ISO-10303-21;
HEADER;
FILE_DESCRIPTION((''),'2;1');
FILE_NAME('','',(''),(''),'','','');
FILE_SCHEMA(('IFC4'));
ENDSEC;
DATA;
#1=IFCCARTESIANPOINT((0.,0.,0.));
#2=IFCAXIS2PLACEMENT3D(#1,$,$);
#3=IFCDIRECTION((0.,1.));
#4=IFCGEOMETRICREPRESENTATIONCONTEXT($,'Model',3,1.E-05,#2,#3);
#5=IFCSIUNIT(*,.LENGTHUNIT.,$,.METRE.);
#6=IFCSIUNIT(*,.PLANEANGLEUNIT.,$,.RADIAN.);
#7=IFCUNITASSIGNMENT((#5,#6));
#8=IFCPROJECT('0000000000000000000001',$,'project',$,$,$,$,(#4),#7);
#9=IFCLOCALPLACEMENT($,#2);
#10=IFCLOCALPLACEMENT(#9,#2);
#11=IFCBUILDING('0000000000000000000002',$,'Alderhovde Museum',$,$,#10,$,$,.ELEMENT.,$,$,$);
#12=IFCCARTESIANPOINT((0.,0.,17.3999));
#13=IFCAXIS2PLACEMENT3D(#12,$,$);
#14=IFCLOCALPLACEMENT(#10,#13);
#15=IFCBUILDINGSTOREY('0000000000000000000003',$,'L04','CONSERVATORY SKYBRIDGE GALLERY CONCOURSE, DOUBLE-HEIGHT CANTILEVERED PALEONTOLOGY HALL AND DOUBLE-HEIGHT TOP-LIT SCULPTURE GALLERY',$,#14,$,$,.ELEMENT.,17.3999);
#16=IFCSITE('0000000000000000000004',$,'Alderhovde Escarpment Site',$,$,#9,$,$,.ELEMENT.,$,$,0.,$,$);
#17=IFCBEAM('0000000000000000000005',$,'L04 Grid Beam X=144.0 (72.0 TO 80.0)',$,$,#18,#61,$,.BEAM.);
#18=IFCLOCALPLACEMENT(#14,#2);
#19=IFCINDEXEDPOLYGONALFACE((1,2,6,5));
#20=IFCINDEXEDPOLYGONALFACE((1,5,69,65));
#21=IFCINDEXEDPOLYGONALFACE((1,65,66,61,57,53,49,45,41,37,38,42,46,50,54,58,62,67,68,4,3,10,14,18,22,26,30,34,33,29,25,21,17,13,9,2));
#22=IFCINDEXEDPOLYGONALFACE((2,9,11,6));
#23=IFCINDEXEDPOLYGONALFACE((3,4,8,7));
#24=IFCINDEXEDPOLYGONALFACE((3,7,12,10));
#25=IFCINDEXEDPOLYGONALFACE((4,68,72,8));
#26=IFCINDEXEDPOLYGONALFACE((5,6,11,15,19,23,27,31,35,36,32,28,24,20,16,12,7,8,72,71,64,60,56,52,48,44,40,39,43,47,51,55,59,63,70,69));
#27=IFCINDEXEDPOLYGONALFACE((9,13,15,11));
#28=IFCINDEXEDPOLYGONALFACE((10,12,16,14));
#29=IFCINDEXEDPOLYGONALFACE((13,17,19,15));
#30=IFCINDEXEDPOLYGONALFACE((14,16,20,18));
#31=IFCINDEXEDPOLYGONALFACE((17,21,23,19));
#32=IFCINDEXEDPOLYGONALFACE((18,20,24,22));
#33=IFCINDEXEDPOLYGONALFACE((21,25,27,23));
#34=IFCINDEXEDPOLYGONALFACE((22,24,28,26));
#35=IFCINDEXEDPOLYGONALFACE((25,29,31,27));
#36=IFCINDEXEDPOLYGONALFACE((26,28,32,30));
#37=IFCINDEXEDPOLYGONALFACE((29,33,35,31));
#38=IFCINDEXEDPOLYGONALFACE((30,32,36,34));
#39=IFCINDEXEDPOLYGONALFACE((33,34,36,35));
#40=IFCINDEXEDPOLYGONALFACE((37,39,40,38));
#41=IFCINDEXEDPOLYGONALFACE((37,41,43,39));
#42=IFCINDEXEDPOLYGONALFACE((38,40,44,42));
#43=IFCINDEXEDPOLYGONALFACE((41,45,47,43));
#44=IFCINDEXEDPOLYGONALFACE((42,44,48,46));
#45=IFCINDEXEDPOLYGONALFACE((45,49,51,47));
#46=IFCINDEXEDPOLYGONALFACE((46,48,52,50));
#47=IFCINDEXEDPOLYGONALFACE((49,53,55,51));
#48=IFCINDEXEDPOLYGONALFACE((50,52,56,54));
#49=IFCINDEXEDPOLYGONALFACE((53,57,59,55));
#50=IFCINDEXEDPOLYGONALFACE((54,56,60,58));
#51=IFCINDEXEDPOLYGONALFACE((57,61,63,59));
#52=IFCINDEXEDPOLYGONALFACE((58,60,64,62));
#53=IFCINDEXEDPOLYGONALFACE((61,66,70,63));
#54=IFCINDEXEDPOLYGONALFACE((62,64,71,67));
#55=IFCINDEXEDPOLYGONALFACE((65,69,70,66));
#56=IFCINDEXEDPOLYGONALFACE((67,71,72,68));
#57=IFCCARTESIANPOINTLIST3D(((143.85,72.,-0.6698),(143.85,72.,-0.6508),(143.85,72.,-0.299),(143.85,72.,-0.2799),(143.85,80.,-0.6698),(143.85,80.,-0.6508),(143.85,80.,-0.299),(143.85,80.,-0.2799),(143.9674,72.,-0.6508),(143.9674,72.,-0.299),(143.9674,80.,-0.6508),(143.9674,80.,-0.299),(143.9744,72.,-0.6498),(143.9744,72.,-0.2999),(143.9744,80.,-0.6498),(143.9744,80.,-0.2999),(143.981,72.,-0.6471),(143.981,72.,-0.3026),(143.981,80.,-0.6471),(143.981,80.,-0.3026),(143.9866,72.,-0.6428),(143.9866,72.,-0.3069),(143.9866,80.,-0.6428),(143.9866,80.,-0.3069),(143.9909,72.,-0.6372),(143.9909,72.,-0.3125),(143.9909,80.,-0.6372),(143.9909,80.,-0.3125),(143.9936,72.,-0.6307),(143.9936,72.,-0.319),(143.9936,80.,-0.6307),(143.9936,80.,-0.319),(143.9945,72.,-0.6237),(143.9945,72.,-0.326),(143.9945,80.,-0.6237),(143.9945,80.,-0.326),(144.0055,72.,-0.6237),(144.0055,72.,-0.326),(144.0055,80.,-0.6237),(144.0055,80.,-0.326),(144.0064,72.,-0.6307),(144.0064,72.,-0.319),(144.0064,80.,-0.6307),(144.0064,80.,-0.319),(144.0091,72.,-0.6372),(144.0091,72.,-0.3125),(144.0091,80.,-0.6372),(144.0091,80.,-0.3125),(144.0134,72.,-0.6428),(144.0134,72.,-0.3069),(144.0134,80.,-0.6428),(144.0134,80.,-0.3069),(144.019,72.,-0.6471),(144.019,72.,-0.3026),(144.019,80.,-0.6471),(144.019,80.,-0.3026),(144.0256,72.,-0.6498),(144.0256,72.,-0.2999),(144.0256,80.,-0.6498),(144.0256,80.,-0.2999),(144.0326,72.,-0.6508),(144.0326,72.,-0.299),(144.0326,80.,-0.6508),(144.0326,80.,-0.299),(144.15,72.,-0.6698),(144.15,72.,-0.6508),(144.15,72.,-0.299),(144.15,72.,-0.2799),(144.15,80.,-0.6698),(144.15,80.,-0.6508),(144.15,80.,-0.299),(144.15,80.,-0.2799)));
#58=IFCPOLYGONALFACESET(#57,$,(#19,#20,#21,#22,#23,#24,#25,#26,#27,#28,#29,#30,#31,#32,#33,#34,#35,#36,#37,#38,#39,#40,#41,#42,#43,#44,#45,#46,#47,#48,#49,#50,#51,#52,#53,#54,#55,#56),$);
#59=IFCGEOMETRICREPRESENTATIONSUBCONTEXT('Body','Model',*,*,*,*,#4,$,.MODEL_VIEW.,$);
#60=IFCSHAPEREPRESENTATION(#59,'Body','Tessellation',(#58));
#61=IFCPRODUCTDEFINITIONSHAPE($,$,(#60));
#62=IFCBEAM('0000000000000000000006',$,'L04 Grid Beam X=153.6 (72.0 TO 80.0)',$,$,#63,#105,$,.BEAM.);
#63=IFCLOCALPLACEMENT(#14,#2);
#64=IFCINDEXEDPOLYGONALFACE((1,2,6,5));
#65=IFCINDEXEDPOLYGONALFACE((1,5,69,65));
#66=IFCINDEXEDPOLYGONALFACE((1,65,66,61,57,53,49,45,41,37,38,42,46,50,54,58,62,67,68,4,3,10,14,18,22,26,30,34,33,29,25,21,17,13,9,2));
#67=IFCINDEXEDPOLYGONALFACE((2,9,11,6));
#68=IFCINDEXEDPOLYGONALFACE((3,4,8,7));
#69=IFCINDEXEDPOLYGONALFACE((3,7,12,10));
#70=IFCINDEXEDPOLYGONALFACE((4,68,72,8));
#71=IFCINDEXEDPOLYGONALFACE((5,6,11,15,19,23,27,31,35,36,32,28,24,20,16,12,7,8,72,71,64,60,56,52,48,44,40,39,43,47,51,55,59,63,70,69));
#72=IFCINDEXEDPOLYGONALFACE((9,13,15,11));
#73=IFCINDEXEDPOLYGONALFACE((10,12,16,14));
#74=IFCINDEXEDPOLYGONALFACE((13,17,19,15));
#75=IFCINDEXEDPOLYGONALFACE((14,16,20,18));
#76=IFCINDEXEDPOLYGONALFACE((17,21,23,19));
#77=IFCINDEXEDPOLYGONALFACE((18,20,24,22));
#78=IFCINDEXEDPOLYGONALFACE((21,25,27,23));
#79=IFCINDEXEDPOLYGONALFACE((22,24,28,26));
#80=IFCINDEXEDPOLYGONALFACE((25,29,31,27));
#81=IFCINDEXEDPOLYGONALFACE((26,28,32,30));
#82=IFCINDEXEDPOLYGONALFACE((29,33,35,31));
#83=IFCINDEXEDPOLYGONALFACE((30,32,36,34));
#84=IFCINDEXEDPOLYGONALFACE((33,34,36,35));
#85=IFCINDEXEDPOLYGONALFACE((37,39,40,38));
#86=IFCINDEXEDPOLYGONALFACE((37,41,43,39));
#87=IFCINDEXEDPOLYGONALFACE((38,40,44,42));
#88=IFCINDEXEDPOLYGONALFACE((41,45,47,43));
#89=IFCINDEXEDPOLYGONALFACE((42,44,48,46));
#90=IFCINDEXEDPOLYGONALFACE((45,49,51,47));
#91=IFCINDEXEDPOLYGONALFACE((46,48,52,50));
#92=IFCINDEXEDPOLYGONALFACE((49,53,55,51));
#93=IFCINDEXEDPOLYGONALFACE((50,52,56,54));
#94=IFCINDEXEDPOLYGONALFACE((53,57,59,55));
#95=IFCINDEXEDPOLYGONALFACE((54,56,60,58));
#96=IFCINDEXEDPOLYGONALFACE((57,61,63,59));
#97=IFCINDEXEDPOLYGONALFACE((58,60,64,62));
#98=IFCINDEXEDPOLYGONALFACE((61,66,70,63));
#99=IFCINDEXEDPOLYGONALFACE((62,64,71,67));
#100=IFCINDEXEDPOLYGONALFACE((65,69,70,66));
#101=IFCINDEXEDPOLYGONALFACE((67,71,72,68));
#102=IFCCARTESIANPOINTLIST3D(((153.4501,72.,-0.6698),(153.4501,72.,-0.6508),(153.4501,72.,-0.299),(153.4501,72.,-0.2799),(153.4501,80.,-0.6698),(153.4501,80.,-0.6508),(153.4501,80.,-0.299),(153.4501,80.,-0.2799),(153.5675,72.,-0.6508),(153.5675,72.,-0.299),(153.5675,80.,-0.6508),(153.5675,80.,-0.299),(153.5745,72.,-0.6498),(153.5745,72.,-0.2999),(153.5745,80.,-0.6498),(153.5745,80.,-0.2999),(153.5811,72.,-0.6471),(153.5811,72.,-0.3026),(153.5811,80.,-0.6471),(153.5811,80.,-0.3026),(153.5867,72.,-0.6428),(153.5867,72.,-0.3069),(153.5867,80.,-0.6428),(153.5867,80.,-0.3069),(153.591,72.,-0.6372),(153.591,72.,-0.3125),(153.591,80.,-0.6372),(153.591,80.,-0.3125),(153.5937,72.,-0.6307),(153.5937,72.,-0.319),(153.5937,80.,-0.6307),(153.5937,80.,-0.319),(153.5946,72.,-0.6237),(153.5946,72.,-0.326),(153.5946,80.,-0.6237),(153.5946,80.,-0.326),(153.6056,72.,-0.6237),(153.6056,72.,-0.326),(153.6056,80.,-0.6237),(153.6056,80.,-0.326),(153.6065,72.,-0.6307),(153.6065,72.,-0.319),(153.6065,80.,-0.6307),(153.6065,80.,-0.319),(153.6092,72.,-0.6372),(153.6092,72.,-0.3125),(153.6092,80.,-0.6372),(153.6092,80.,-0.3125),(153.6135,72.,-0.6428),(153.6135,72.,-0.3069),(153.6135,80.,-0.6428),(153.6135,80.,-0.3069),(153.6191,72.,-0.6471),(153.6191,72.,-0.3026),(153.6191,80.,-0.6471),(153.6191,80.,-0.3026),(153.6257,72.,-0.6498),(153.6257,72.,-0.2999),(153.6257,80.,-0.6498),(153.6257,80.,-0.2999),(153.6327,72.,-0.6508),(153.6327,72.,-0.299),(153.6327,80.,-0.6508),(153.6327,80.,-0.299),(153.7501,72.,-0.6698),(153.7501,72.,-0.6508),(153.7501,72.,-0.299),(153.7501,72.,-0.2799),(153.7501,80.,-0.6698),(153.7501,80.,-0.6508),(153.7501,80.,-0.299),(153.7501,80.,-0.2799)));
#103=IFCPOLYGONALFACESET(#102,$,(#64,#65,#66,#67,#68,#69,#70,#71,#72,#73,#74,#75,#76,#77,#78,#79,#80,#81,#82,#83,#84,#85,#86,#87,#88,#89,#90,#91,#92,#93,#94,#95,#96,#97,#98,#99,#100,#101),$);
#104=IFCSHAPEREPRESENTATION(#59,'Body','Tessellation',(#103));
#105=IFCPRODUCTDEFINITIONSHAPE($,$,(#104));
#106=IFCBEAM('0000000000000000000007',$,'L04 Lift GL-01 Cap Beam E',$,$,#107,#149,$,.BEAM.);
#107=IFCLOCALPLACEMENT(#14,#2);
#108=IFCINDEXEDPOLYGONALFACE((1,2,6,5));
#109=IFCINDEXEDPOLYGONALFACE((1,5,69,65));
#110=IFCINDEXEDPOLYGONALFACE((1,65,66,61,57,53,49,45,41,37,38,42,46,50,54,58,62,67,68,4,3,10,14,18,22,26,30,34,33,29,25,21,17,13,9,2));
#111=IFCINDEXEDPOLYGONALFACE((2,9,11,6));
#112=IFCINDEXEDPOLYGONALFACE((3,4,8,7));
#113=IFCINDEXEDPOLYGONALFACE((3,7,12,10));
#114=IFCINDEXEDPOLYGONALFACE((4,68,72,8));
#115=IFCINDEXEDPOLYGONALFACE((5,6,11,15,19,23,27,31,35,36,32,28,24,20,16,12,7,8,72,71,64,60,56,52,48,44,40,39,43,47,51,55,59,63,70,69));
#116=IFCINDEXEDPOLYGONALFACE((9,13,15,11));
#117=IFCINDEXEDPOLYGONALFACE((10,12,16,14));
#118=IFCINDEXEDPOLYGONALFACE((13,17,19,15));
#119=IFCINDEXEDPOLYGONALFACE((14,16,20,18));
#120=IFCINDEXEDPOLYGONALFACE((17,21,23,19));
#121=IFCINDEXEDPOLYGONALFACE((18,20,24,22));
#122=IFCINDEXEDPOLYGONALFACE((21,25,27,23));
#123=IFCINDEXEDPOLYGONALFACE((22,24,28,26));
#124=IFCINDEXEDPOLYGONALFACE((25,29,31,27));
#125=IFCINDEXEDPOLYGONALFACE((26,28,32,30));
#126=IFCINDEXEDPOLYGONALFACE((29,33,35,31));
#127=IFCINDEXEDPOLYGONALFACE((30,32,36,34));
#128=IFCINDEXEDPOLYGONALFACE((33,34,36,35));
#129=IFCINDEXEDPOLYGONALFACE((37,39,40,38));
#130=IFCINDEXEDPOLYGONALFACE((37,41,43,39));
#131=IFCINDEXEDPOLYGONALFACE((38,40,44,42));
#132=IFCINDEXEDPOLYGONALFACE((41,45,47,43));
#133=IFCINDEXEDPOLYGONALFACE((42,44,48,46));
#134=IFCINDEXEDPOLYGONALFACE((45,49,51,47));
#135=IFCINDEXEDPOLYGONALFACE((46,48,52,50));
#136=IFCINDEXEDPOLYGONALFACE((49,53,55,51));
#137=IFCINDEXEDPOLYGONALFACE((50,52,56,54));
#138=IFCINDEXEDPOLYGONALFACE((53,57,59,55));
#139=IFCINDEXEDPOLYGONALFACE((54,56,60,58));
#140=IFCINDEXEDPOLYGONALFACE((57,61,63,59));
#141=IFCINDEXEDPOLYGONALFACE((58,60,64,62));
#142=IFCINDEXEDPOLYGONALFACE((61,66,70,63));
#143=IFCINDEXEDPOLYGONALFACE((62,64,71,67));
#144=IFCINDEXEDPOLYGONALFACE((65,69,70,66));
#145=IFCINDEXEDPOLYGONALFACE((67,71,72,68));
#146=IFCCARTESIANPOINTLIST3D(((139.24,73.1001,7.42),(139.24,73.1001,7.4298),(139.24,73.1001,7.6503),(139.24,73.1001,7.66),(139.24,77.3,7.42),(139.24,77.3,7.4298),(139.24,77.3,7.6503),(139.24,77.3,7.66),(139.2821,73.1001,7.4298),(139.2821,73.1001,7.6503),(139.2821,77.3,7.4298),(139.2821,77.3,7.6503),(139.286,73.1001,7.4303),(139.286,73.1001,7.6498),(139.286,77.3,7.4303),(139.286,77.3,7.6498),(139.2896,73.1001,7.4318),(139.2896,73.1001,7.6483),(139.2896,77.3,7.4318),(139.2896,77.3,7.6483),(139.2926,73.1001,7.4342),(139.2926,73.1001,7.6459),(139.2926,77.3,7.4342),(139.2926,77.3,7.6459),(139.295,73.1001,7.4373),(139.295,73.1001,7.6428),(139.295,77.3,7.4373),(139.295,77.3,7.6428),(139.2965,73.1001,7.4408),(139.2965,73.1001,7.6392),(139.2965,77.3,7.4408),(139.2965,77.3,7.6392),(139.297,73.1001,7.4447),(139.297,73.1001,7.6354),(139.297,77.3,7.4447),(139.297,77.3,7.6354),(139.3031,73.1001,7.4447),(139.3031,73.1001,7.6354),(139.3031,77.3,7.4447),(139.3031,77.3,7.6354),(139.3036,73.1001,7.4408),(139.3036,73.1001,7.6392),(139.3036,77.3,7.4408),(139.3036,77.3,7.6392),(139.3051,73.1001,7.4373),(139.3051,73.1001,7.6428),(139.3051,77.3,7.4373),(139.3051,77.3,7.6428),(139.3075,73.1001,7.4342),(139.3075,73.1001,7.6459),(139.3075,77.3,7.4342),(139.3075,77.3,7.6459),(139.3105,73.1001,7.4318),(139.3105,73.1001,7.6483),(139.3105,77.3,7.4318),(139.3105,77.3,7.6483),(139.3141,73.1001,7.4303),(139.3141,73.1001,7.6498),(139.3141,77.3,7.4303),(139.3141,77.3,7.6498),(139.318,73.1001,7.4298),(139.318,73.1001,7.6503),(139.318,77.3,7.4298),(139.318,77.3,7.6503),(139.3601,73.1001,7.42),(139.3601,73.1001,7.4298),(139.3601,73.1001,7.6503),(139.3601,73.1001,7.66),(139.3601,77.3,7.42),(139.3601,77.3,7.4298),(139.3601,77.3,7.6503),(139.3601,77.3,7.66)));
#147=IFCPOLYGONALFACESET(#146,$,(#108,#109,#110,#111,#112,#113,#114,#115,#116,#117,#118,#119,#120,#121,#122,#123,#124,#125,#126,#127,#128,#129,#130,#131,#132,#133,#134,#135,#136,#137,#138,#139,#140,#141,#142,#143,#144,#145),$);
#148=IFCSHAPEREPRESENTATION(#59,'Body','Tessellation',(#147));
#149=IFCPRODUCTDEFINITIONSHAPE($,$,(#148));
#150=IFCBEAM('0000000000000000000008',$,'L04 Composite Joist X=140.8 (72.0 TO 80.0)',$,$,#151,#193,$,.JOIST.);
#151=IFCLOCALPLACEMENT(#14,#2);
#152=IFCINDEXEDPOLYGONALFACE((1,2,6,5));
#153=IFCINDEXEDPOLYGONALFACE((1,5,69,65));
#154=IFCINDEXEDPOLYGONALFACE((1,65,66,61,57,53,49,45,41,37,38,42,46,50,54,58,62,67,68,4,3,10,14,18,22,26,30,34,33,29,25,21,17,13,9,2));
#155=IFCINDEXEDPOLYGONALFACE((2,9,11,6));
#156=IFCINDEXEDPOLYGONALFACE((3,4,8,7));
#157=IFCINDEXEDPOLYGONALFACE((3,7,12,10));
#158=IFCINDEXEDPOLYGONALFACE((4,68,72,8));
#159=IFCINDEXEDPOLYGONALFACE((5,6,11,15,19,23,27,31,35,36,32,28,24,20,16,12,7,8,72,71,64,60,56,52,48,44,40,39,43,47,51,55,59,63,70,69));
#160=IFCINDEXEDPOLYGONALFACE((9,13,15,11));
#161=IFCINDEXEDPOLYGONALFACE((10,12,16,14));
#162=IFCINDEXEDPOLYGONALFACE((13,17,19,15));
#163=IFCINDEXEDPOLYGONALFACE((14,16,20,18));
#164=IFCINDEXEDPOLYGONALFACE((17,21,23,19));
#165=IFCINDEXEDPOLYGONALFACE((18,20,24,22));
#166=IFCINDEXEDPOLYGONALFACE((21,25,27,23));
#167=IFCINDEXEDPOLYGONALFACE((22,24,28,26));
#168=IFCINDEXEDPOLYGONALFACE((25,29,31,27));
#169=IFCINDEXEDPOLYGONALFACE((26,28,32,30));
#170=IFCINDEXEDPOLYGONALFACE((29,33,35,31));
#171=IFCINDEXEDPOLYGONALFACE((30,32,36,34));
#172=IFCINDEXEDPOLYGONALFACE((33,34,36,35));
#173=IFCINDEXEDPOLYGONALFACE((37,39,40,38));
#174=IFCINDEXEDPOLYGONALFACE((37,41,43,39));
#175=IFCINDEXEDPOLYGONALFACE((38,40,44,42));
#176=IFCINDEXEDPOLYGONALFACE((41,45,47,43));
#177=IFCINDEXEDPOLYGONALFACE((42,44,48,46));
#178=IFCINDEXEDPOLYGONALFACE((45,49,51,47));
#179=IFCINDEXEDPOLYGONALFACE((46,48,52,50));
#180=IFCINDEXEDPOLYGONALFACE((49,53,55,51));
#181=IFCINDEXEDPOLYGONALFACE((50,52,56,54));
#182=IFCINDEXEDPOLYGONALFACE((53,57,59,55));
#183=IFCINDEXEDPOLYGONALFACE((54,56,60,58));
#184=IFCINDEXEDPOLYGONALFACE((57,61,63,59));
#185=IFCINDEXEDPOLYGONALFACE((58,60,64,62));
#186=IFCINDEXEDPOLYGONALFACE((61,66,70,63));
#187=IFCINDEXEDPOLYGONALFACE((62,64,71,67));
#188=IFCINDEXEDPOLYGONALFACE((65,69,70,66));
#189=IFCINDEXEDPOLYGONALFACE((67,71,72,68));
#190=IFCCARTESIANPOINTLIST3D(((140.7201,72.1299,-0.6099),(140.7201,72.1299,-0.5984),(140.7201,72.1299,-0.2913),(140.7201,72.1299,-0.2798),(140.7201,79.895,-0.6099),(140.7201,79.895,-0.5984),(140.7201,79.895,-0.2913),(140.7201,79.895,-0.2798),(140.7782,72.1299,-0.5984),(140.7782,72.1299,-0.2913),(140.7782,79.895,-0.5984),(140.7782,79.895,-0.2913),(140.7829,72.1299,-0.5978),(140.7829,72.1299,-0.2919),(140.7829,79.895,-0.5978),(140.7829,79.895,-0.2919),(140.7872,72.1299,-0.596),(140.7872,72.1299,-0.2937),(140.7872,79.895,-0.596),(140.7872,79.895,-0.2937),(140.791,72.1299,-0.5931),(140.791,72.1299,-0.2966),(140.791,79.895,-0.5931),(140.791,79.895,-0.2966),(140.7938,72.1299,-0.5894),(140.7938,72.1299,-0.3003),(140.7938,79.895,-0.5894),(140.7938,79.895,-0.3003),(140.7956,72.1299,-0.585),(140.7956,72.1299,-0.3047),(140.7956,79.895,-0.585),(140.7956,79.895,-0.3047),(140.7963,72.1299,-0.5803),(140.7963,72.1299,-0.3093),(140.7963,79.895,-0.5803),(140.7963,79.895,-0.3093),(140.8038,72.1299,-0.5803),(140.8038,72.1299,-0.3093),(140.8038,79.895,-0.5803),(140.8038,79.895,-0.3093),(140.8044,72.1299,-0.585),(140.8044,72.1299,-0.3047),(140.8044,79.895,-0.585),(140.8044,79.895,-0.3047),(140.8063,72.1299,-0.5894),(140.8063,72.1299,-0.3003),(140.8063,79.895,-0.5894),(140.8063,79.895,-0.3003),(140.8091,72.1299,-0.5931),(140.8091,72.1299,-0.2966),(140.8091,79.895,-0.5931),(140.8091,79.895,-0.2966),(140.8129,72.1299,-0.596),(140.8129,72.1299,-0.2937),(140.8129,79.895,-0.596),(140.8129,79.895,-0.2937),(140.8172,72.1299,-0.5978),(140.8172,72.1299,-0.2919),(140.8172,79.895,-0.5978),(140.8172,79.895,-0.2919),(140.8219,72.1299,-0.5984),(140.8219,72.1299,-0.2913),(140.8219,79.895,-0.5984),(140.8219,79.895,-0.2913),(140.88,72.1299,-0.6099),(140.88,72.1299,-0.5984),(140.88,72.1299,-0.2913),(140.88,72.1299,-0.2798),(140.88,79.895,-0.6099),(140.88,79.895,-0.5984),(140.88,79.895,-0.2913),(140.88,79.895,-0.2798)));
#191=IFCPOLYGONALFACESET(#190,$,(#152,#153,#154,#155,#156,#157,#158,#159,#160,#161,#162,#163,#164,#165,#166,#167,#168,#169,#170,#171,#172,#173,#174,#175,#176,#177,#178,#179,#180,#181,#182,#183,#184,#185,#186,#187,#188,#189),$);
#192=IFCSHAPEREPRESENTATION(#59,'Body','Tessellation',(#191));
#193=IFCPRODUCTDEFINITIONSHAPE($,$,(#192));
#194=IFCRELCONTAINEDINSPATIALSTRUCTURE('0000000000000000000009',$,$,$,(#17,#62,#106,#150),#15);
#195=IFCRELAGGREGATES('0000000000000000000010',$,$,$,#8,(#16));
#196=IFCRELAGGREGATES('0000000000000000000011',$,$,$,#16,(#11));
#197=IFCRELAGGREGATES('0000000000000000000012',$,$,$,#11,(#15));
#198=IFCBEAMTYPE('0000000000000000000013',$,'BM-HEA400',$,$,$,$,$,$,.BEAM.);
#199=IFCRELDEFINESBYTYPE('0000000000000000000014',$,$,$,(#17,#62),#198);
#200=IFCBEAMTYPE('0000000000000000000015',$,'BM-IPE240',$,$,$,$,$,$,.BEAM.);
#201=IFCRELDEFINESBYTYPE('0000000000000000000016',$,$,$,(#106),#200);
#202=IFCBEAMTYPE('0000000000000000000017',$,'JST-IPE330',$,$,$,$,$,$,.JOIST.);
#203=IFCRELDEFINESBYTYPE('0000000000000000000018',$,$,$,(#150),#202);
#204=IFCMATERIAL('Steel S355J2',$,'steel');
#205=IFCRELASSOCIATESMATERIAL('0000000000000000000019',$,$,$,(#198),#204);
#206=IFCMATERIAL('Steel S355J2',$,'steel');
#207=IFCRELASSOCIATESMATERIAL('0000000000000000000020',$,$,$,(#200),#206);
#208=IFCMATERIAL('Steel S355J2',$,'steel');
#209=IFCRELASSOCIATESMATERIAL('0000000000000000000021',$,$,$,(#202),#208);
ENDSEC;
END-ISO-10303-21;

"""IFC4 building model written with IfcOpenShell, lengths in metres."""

from ifc_helpers import new_model, si_unit, direction, frame, origin, origin_2d, place, context, subcontext, project, spatial, i_section, extrude, material, material_profile, profile_set, type_object, element, save


model = new_model("IFC4")

# Units and contexts
model_context = context("Model", 3, precision=1e-05, world=origin(), true_north=direction((0.0, 1.0)))
body_context = subcontext(model_context, "Body", "Model", "MODEL_VIEW")
ifc_project = project(units=[si_unit("LENGTHUNIT", "METRE"), si_unit("PLANEANGLEUNIT", "RADIAN")], contexts=[model_context])

# Site, building, storey
site_placement = place(None, origin())
site = spatial("IfcSite", under=ifc_project, at=site_placement, Name="Alderhovde Escarpment Site", CompositionType="ELEMENT", RefElevation=0.0)
building_placement = place(site_placement, origin())
building = spatial("IfcBuilding", under=site, at=building_placement, Name="Alderhovde Museum", CompositionType="ELEMENT")
storey_placement = place(building_placement, frame((0.0, 0.0, 17.3999)))
storey = spatial("IfcBuildingStorey", under=building, at=storey_placement, Name="L04", Description="CONSERVATORY SKYBRIDGE GALLERY CONCOURSE, DOUBLE-HEIGHT CANTILEVERED PALEONTOLOGY HALL AND DOUBLE-HEIGHT TOP-LIT SCULPTURE GALLERY", CompositionType="ELEMENT", Elevation=17.3999)

# Beams
ifc_material_1 = material(Name="Steel S355J2", Category="steel")
ifc_material_profile_1 = material_profile(ifc_material_1, i_section(OverallWidth=0.3, OverallDepth=0.3899, WebThickness=0.011, FlangeThickness=0.019, FilletRadius=0.0271, at=origin_2d()), Name="HEA 400")
ifc_profile_set_1 = profile_set([ifc_material_profile_1], Name="Steel S355J2")
beam_type_1 = type_object("IfcBeamType", Name="BM-HEA400", PredefinedType="BEAM", material=ifc_profile_set_1)
for number, where, z_axis, x_axis, name in (
    (1, (144.0, 72.0, -0.4749), (0.0, 1.0, 0.0), (-1.0, 0.0, 0.0), "L04 Grid Beam X=144.0 (72.0 TO 80.0)"),
    (2, (153.6001, 72.0, -0.4749), (0.0, 1.0, 0.0), (-1.0, 0.0, 0.0), "L04 Grid Beam X=153.6 (72.0 TO 80.0)"),
):
    element("IfcBeam", number, at=place(storey_placement, frame(where, z_axis=z_axis, x_axis=x_axis)), inside=storey, type_object=beam_type_1, Name=name, PredefinedType="BEAM", context=body_context, shape_type="SweptSolid", body=[
        extrude(i_section(OverallWidth=0.3, OverallDepth=0.3899, WebThickness=0.011, FlangeThickness=0.019, FilletRadius=0.0271, at=origin_2d()), origin(), (0.0, 0.0, 1.0), 8.0),
    ])
ifc_material_2 = material(Name="Steel S355J2", Category="steel")
ifc_material_profile_2 = material_profile(ifc_material_2, i_section(OverallWidth=0.1201, OverallDepth=0.24, WebThickness=0.0061, FlangeThickness=0.0098, FilletRadius=0.0149, at=origin_2d()), Name="IPE 240")
ifc_profile_set_2 = profile_set([ifc_material_profile_2], Name="Steel S355J2")
beam_type_2 = type_object("IfcBeamType", Name="BM-IPE240", PredefinedType="BEAM", material=ifc_profile_set_2)
beam_1_placement = place(storey_placement, frame((139.3, 73.1001, 7.54), z_axis=(0.0, 1.0, 0.0), x_axis=(-1.0, 0.0, 0.0)))
element("IfcBeam", 3, at=beam_1_placement, inside=storey, type_object=beam_type_2, Name="L04 Lift GL-01 Cap Beam E", PredefinedType="BEAM", context=body_context, shape_type="SweptSolid", body=[
    extrude(i_section(OverallWidth=0.1201, OverallDepth=0.24, WebThickness=0.0061, FlangeThickness=0.0098, FilletRadius=0.0149, at=origin_2d()), origin(), (0.0, 0.0, 1.0), 4.2),
])
ifc_material_3 = material(Name="Steel S355J2", Category="steel")
ifc_material_profile_3 = material_profile(ifc_material_3, i_section(OverallWidth=0.1599, OverallDepth=0.3301, WebThickness=0.0076, FlangeThickness=0.0115, FilletRadius=0.0181, at=origin_2d()), Name="IPE 330")
ifc_profile_set_3 = profile_set([ifc_material_profile_3], Name="Steel S355J2")
beam_type_3 = type_object("IfcBeamType", Name="JST-IPE330", PredefinedType="JOIST", material=ifc_profile_set_3)
for number, where, z_axis, x_axis, name in (
    (4, (140.8, 72.1299, -0.4448), (0.0, 1.0, 0.0), (-1.0, 0.0, 0.0), "L04 Composite Joist X=140.8 (72.0 TO 80.0)"),
):
    element("IfcBeam", number, at=place(storey_placement, frame(where, z_axis=z_axis, x_axis=x_axis)), inside=storey, type_object=beam_type_3, Name=name, PredefinedType="JOIST", context=body_context, shape_type="SweptSolid", body=[
        extrude(i_section(OverallWidth=0.1599, OverallDepth=0.3301, WebThickness=0.0076, FlangeThickness=0.0115, FilletRadius=0.0181, at=origin_2d()), origin(), (0.0, 0.0, 1.0), 7.7651),
    ])

save(model, "model.ifc")
